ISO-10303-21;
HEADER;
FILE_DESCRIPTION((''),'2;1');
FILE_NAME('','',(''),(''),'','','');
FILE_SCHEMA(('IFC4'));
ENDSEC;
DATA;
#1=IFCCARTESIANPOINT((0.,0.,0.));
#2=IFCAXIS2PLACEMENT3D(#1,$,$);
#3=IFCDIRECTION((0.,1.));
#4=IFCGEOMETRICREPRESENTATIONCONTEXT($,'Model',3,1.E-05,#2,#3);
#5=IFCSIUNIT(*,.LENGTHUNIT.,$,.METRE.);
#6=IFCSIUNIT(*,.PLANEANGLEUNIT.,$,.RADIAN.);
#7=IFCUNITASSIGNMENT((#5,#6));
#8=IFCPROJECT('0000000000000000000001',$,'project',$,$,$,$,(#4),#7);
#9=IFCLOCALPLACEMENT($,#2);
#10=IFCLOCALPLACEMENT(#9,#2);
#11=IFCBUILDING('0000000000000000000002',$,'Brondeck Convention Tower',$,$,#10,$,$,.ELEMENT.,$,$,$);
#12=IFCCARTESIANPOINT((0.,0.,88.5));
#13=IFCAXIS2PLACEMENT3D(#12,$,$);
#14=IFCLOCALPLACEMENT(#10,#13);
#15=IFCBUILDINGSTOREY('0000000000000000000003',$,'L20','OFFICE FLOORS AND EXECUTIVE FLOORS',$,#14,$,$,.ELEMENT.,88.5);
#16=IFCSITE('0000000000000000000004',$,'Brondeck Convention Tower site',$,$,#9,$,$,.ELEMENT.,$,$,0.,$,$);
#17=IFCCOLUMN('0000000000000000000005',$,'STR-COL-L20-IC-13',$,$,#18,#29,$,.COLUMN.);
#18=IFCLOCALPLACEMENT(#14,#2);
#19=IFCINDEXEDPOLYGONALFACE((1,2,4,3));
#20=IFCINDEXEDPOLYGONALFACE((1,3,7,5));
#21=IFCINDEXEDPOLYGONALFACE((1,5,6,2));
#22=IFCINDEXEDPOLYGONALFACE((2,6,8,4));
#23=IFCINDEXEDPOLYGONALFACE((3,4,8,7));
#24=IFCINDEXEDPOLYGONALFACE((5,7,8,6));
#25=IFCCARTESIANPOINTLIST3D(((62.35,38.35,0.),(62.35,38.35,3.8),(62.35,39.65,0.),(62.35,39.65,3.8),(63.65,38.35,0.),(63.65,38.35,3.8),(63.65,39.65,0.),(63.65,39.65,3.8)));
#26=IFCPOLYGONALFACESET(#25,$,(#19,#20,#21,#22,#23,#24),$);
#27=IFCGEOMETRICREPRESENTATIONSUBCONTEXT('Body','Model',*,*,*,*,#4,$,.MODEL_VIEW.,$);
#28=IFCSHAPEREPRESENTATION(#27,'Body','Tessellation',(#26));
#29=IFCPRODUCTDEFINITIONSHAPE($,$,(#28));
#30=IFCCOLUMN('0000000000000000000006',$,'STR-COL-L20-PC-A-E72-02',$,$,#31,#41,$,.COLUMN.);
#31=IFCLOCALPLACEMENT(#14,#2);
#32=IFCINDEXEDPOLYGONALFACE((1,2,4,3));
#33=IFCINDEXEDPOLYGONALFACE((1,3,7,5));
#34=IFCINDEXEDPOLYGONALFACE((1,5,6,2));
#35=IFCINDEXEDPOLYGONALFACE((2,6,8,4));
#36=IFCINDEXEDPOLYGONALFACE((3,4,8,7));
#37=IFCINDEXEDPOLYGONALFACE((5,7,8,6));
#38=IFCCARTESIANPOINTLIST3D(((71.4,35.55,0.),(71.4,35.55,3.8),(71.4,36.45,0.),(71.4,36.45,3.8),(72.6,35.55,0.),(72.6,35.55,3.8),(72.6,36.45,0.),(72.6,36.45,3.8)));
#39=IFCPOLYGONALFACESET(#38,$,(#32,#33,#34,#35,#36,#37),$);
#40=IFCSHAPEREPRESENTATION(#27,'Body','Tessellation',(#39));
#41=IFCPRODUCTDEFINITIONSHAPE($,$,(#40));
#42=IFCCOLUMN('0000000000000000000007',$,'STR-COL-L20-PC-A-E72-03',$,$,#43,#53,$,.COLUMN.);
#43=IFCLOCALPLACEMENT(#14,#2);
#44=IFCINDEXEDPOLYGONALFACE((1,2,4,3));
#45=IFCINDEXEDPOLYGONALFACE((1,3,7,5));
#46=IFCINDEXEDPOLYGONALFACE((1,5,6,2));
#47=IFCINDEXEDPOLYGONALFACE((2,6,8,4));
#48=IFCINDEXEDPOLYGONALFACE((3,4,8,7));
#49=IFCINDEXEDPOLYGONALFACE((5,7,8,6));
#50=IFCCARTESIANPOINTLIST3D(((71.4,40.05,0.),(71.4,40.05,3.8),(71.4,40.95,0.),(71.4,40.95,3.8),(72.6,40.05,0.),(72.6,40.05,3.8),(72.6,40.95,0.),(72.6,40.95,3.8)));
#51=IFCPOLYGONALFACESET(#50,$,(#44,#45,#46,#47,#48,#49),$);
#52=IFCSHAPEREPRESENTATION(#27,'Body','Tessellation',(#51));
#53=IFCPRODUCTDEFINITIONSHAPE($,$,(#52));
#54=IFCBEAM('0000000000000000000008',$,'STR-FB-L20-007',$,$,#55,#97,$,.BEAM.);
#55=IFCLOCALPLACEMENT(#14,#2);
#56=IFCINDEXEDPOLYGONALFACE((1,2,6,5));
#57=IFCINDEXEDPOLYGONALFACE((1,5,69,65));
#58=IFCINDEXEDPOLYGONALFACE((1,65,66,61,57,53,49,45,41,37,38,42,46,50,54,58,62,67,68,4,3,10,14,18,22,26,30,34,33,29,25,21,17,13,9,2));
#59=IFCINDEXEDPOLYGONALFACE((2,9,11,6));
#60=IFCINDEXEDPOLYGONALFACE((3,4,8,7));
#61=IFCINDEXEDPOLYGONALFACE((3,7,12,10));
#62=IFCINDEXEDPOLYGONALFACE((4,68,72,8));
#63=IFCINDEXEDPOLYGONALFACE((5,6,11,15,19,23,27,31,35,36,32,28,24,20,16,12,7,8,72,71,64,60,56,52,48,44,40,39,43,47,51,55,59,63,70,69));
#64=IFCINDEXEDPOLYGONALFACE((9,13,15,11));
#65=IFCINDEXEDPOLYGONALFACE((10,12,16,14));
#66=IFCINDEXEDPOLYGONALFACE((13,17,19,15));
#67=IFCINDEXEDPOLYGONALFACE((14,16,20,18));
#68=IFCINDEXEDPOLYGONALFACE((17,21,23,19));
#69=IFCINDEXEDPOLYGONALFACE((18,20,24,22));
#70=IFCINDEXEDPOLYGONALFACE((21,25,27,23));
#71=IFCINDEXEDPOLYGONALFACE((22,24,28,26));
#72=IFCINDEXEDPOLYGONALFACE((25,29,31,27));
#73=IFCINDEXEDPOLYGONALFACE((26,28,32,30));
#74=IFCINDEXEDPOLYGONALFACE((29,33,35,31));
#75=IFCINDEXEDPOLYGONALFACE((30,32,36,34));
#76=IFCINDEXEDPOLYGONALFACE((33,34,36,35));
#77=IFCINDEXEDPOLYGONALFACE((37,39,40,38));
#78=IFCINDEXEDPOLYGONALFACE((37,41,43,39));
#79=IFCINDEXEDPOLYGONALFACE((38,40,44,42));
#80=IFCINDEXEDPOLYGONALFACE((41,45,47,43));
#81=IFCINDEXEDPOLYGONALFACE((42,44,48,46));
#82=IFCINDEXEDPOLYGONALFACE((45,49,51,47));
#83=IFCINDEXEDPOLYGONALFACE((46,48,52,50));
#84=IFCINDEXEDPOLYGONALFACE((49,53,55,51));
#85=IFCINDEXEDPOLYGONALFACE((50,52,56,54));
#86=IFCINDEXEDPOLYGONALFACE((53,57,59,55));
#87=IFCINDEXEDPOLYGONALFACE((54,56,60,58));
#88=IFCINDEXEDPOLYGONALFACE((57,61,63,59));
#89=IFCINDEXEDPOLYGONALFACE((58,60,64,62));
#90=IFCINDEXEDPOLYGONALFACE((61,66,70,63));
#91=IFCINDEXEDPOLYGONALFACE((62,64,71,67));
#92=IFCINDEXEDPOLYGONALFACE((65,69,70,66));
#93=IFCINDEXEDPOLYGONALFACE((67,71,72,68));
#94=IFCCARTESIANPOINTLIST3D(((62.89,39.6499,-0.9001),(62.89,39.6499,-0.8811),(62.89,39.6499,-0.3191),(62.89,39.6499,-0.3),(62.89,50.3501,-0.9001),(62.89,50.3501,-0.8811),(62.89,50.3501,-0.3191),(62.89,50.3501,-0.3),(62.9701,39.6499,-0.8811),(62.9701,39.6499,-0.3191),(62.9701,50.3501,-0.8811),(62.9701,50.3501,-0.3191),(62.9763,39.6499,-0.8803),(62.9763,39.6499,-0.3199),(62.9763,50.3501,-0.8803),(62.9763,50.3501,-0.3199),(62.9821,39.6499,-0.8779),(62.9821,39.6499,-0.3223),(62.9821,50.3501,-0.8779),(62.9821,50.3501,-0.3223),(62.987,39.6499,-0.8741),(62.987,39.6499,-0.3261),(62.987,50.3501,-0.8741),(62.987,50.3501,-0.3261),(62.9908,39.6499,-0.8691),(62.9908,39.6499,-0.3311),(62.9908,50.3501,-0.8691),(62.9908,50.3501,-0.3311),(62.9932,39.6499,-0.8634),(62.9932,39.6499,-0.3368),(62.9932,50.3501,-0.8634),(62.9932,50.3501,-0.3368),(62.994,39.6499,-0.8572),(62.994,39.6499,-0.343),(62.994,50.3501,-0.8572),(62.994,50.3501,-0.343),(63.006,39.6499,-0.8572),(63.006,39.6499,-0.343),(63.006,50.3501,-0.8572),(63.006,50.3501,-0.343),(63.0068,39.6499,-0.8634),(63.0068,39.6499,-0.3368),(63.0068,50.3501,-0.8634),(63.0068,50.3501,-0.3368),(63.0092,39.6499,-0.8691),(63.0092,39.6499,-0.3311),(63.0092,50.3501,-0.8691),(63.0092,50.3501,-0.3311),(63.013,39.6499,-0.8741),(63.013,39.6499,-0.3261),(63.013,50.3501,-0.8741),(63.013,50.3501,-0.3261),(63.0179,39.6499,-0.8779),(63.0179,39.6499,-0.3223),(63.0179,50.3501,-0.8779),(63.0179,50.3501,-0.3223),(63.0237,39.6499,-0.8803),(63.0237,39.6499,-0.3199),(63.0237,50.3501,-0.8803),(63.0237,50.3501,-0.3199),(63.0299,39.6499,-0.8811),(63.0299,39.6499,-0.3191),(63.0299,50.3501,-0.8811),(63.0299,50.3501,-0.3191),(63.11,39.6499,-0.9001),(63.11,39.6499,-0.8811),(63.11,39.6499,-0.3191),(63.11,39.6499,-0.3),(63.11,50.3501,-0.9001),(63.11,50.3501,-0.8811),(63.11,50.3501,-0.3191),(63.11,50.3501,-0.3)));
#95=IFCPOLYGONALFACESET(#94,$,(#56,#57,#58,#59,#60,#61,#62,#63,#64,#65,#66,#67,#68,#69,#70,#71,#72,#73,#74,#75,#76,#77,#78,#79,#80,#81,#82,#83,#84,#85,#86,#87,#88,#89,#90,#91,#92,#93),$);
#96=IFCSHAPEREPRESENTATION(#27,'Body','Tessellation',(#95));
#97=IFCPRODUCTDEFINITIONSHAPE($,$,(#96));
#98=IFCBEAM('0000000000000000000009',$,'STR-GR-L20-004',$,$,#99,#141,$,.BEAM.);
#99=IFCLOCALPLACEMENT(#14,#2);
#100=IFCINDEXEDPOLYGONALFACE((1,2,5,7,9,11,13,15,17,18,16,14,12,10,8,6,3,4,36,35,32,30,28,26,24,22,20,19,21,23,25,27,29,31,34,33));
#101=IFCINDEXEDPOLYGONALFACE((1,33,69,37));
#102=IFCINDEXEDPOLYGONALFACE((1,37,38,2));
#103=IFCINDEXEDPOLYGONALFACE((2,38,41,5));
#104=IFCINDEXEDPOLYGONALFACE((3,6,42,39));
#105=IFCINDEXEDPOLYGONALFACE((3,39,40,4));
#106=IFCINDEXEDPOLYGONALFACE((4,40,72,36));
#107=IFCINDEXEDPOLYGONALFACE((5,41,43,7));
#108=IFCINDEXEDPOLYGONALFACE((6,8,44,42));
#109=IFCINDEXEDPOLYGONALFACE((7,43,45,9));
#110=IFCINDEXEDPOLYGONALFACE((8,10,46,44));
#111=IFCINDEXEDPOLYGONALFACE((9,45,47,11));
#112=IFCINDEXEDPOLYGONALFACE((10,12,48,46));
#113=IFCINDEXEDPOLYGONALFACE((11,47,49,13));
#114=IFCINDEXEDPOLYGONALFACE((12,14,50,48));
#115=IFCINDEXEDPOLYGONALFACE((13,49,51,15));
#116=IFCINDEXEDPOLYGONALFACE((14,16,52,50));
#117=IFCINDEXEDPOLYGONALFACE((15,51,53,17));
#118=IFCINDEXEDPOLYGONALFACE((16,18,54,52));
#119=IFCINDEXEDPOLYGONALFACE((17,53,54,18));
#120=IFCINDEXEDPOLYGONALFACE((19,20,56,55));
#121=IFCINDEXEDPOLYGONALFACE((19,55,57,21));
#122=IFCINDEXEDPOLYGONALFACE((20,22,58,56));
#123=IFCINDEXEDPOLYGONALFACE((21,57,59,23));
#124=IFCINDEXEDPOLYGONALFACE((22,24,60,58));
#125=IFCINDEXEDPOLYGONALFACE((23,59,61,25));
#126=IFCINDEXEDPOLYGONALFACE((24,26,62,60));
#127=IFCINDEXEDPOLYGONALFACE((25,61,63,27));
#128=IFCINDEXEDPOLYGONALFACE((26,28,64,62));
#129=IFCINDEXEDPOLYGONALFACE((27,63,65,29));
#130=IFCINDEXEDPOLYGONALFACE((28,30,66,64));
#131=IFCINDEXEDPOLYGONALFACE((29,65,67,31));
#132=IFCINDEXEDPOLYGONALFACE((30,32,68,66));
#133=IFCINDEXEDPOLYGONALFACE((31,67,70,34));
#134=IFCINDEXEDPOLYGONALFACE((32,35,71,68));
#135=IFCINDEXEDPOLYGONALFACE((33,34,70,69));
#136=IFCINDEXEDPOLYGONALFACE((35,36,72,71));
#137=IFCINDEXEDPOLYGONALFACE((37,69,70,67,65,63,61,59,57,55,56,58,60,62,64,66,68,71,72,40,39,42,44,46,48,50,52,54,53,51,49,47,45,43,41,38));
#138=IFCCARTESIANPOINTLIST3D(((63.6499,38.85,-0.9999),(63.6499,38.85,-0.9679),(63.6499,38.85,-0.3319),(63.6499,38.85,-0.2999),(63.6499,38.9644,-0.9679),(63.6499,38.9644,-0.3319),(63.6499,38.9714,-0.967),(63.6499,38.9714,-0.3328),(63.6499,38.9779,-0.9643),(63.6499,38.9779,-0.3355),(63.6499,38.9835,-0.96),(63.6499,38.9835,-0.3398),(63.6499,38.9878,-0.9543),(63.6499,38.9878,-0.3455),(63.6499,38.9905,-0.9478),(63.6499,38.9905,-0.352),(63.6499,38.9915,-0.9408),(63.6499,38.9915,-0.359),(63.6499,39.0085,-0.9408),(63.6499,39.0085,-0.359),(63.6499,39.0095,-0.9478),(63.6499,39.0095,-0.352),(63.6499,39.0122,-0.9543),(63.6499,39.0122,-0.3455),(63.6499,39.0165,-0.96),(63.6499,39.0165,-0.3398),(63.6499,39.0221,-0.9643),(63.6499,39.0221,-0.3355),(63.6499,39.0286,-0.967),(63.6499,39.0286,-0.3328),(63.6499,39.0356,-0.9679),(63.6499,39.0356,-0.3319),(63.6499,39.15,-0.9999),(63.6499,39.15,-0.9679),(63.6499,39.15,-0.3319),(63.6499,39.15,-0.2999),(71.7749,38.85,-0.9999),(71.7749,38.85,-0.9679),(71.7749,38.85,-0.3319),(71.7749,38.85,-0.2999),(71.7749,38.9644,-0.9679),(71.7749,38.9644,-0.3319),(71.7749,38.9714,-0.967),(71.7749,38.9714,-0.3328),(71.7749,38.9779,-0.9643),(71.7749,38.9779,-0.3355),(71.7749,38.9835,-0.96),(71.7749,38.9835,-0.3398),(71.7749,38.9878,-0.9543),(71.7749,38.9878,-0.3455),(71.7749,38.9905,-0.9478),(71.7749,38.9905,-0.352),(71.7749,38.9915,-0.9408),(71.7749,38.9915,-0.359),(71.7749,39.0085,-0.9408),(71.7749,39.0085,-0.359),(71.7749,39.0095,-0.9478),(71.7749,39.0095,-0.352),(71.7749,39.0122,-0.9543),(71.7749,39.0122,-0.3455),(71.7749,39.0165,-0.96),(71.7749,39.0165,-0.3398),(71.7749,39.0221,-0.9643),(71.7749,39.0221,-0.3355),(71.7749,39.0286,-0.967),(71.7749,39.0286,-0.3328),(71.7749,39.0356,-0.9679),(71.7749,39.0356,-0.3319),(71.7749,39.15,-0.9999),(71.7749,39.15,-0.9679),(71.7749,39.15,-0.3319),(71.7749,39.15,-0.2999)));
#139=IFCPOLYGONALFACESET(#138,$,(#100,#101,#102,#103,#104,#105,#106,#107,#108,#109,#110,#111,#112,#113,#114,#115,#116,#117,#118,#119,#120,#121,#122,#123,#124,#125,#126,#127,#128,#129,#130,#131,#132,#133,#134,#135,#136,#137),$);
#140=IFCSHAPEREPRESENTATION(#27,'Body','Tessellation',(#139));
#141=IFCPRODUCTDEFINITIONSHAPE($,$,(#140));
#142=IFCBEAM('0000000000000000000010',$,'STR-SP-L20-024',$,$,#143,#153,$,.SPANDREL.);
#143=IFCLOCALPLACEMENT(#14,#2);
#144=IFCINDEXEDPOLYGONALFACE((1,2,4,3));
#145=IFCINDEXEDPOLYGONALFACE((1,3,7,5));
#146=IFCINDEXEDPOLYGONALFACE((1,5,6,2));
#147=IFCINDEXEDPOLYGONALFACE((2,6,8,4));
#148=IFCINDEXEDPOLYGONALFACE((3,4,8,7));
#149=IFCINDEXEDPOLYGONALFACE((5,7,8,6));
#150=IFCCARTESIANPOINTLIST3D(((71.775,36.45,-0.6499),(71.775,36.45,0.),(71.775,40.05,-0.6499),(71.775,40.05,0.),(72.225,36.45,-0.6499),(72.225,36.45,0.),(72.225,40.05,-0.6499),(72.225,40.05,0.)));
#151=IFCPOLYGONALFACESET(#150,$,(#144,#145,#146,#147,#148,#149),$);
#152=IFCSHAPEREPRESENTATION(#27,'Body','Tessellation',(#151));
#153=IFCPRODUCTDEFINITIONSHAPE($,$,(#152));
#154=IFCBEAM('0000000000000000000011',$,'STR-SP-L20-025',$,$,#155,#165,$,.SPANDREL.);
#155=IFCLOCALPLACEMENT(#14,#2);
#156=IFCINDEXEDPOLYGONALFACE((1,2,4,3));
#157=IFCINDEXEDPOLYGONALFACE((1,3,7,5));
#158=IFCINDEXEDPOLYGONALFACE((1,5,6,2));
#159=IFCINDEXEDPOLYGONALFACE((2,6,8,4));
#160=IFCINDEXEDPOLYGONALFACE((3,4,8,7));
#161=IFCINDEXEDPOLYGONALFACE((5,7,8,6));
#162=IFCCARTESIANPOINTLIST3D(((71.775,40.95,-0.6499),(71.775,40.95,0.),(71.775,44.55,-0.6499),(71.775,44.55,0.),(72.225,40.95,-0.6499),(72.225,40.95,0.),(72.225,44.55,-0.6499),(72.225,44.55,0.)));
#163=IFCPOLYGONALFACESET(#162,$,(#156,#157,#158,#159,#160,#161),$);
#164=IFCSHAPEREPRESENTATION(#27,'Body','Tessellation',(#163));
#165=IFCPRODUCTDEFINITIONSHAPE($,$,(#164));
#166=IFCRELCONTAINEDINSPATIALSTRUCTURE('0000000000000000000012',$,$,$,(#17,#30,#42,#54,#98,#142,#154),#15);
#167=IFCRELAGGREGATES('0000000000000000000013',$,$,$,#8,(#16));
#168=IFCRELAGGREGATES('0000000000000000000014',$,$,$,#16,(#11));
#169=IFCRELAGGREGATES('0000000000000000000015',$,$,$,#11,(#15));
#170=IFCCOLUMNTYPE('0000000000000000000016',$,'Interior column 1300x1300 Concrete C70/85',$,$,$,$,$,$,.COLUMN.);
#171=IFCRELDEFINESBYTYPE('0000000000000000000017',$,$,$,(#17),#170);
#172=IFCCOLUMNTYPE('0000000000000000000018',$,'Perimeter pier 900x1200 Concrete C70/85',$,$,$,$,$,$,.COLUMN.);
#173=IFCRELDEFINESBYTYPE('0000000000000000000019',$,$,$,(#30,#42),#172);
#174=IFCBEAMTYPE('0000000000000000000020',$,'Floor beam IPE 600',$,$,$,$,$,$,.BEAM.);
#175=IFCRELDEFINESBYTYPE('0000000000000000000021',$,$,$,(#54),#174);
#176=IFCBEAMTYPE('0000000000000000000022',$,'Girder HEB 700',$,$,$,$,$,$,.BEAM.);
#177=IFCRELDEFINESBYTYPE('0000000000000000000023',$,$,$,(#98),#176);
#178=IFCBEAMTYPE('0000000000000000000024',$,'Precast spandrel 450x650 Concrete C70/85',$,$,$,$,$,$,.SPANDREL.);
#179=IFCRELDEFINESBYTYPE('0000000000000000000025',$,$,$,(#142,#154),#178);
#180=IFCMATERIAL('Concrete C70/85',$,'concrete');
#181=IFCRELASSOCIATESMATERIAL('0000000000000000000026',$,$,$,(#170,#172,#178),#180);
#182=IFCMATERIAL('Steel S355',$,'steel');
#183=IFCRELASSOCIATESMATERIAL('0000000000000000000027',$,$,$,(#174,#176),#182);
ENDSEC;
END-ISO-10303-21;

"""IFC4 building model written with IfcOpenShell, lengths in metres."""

from ifc_helpers import new_model, si_unit, direction, frame, origin, origin_2d, place, context, subcontext, project, spatial, rectangle, i_section, extrude, material, material_profile, profile_set, type_object, element, save


model = new_model("IFC4")

# Units and contexts
model_context = context("Model", 3, precision=1e-05, world=origin(), true_north=direction((0.0, 1.0)))
body_context = subcontext(model_context, "Body", "Model", "MODEL_VIEW")
ifc_project = project(units=[si_unit("LENGTHUNIT", "METRE"), si_unit("PLANEANGLEUNIT", "RADIAN")], contexts=[model_context])

# Site, building, storey
site_placement = place(None, origin())
site = spatial("IfcSite", under=ifc_project, at=site_placement, Name="Brondeck Convention Tower site", CompositionType="ELEMENT", RefElevation=0.0)
building_placement = place(site_placement, origin())
building = spatial("IfcBuilding", under=site, at=building_placement, Name="Brondeck Convention Tower", CompositionType="ELEMENT")
storey_placement = place(building_placement, frame((0.0, 0.0, 88.5)))
storey = spatial("IfcBuildingStorey", under=building, at=storey_placement, Name="L20", Description="OFFICE FLOORS AND EXECUTIVE FLOORS", CompositionType="ELEMENT", Elevation=88.5)

# Columns
ifc_material_1 = material(Name="Concrete C70/85", Category="concrete")
ifc_material_profile_1 = material_profile(ifc_material_1, rectangle(XDim=1.3, YDim=1.3, at=origin_2d()), Name="Interior column 1300x1300 Concrete C70/85")
ifc_profile_set_1 = profile_set([ifc_material_profile_1], Name="Concrete C70/85")
column_type_1 = type_object("IfcColumnType", Name="Interior column 1300x1300 Concrete C70/85", PredefinedType="COLUMN", material=ifc_profile_set_1)
column_placement = place(storey_placement, frame((63.0, 39.0, 0.0), z_axis=(0.0, 0.0, 1.0), x_axis=(1.0, 0.0, 0.0)))
element("IfcColumn", 1, at=column_placement, inside=storey, type_object=column_type_1, Name="STR-COL-L20-IC-13", PredefinedType="COLUMN", context=body_context, shape_type="SweptSolid", body=[
    extrude(rectangle(XDim=1.3, YDim=1.3, at=origin_2d()), origin(), (0.0, 0.0, 1.0), 3.8),
])
ifc_material_profile_2 = material_profile(ifc_material_1, rectangle(XDim=0.8999, YDim=1.2, at=origin_2d()), Name="Perimeter pier 900x1200 Concrete C70/85")
ifc_profile_set_2 = profile_set([ifc_material_profile_2], Name="Concrete C70/85")
column_type_2 = type_object("IfcColumnType", Name="Perimeter pier 900x1200 Concrete C70/85", PredefinedType="COLUMN", material=ifc_profile_set_2)
for number, where, z_axis, x_axis, name in (
    (2, (72.0, 36.0, 0.0), (0.0, 0.0, 1.0), (0.0, 1.0, 0.0), "STR-COL-L20-PC-A-E72-02"),
    (3, (72.0, 40.5, 0.0), (0.0, 0.0, 1.0), (0.0, 1.0, 0.0), "STR-COL-L20-PC-A-E72-03"),
):
    element("IfcColumn", number, at=place(storey_placement, frame(where, z_axis=z_axis, x_axis=x_axis)), inside=storey, type_object=column_type_2, Name=name, PredefinedType="COLUMN", context=body_context, shape_type="SweptSolid", body=[
        extrude(rectangle(XDim=0.8999, YDim=1.2, at=origin_2d()), origin(), (0.0, 0.0, 1.0), 3.8),
    ])

# Beams
ifc_material_2 = material(Name="Steel S355", Category="steel")
ifc_material_profile_3 = material_profile(ifc_material_2, i_section(OverallWidth=0.22, OverallDepth=0.6001, WebThickness=0.012, FlangeThickness=0.019, FilletRadius=0.0239, at=origin_2d()), Name="IPE 600")
ifc_profile_set_3 = profile_set([ifc_material_profile_3], Name="Steel S355")
beam_type_1 = type_object("IfcBeamType", Name="Floor beam IPE 600", PredefinedType="BEAM", material=ifc_profile_set_3)
beam_1_placement = place(storey_placement, frame((63.0, 39.6499, -0.6001), z_axis=(0.0, 1.0, 0.0), x_axis=(-1.0, 0.0, 0.0)))
element("IfcBeam", 4, at=beam_1_placement, inside=storey, type_object=beam_type_1, Name="STR-FB-L20-007", PredefinedType="BEAM", context=body_context, shape_type="SweptSolid", body=[
    extrude(i_section(OverallWidth=0.22, OverallDepth=0.6001, WebThickness=0.012, FlangeThickness=0.019, FilletRadius=0.0239, at=origin_2d()), origin(), (0.0, 0.0, 1.0), 10.7002),
])
ifc_material_profile_4 = material_profile(ifc_material_2, i_section(OverallWidth=0.3, OverallDepth=0.7, WebThickness=0.0171, FlangeThickness=0.032, FilletRadius=0.0271, at=origin_2d()), Name="HEB 700")
ifc_profile_set_4 = profile_set([ifc_material_profile_4], Name="Steel S355")
beam_type_2 = type_object("IfcBeamType", Name="Girder HEB 700", PredefinedType="BEAM", material=ifc_profile_set_4)
beam_2_placement = place(storey_placement, frame((63.6499, 39.0, -0.6499), z_axis=(1.0, 0.0, 0.0), x_axis=(0.0, 1.0, 0.0)))
element("IfcBeam", 5, at=beam_2_placement, inside=storey, type_object=beam_type_2, Name="STR-GR-L20-004", PredefinedType="BEAM", context=body_context, shape_type="SweptSolid", body=[
    extrude(i_section(OverallWidth=0.3, OverallDepth=0.7, WebThickness=0.0171, FlangeThickness=0.032, FilletRadius=0.0271, at=origin_2d()), origin(), (0.0, 0.0, 1.0), 8.125),
])
ifc_material_profile_5 = material_profile(ifc_material_1, rectangle(XDim=0.45, YDim=0.6499, at=origin_2d()), Name="Precast spandrel 450x650 Concrete C70/85")
ifc_profile_set_5 = profile_set([ifc_material_profile_5], Name="Concrete C70/85")
beam_type_3 = type_object("IfcBeamType", Name="Precast spandrel 450x650 Concrete C70/85", PredefinedType="SPANDREL", material=ifc_profile_set_5)
for number, where, z_axis, x_axis, name in (
    (6, (72.0, 36.45, -0.325), (0.0, 1.0, 0.0), (-1.0, 0.0, 0.0), "STR-SP-L20-024"),
    (7, (72.0, 40.95, -0.325), (0.0, 1.0, 0.0), (-1.0, 0.0, 0.0), "STR-SP-L20-025"),
):
    element("IfcBeam", number, at=place(storey_placement, frame(where, z_axis=z_axis, x_axis=x_axis)), inside=storey, type_object=beam_type_3, Name=name, PredefinedType="SPANDREL", context=body_context, shape_type="SweptSolid", body=[
        extrude(rectangle(XDim=0.45, YDim=0.6499, at=origin_2d()), origin(), (0.0, 0.0, 1.0), 3.6001),
    ])

save(model, "model.ifc")
